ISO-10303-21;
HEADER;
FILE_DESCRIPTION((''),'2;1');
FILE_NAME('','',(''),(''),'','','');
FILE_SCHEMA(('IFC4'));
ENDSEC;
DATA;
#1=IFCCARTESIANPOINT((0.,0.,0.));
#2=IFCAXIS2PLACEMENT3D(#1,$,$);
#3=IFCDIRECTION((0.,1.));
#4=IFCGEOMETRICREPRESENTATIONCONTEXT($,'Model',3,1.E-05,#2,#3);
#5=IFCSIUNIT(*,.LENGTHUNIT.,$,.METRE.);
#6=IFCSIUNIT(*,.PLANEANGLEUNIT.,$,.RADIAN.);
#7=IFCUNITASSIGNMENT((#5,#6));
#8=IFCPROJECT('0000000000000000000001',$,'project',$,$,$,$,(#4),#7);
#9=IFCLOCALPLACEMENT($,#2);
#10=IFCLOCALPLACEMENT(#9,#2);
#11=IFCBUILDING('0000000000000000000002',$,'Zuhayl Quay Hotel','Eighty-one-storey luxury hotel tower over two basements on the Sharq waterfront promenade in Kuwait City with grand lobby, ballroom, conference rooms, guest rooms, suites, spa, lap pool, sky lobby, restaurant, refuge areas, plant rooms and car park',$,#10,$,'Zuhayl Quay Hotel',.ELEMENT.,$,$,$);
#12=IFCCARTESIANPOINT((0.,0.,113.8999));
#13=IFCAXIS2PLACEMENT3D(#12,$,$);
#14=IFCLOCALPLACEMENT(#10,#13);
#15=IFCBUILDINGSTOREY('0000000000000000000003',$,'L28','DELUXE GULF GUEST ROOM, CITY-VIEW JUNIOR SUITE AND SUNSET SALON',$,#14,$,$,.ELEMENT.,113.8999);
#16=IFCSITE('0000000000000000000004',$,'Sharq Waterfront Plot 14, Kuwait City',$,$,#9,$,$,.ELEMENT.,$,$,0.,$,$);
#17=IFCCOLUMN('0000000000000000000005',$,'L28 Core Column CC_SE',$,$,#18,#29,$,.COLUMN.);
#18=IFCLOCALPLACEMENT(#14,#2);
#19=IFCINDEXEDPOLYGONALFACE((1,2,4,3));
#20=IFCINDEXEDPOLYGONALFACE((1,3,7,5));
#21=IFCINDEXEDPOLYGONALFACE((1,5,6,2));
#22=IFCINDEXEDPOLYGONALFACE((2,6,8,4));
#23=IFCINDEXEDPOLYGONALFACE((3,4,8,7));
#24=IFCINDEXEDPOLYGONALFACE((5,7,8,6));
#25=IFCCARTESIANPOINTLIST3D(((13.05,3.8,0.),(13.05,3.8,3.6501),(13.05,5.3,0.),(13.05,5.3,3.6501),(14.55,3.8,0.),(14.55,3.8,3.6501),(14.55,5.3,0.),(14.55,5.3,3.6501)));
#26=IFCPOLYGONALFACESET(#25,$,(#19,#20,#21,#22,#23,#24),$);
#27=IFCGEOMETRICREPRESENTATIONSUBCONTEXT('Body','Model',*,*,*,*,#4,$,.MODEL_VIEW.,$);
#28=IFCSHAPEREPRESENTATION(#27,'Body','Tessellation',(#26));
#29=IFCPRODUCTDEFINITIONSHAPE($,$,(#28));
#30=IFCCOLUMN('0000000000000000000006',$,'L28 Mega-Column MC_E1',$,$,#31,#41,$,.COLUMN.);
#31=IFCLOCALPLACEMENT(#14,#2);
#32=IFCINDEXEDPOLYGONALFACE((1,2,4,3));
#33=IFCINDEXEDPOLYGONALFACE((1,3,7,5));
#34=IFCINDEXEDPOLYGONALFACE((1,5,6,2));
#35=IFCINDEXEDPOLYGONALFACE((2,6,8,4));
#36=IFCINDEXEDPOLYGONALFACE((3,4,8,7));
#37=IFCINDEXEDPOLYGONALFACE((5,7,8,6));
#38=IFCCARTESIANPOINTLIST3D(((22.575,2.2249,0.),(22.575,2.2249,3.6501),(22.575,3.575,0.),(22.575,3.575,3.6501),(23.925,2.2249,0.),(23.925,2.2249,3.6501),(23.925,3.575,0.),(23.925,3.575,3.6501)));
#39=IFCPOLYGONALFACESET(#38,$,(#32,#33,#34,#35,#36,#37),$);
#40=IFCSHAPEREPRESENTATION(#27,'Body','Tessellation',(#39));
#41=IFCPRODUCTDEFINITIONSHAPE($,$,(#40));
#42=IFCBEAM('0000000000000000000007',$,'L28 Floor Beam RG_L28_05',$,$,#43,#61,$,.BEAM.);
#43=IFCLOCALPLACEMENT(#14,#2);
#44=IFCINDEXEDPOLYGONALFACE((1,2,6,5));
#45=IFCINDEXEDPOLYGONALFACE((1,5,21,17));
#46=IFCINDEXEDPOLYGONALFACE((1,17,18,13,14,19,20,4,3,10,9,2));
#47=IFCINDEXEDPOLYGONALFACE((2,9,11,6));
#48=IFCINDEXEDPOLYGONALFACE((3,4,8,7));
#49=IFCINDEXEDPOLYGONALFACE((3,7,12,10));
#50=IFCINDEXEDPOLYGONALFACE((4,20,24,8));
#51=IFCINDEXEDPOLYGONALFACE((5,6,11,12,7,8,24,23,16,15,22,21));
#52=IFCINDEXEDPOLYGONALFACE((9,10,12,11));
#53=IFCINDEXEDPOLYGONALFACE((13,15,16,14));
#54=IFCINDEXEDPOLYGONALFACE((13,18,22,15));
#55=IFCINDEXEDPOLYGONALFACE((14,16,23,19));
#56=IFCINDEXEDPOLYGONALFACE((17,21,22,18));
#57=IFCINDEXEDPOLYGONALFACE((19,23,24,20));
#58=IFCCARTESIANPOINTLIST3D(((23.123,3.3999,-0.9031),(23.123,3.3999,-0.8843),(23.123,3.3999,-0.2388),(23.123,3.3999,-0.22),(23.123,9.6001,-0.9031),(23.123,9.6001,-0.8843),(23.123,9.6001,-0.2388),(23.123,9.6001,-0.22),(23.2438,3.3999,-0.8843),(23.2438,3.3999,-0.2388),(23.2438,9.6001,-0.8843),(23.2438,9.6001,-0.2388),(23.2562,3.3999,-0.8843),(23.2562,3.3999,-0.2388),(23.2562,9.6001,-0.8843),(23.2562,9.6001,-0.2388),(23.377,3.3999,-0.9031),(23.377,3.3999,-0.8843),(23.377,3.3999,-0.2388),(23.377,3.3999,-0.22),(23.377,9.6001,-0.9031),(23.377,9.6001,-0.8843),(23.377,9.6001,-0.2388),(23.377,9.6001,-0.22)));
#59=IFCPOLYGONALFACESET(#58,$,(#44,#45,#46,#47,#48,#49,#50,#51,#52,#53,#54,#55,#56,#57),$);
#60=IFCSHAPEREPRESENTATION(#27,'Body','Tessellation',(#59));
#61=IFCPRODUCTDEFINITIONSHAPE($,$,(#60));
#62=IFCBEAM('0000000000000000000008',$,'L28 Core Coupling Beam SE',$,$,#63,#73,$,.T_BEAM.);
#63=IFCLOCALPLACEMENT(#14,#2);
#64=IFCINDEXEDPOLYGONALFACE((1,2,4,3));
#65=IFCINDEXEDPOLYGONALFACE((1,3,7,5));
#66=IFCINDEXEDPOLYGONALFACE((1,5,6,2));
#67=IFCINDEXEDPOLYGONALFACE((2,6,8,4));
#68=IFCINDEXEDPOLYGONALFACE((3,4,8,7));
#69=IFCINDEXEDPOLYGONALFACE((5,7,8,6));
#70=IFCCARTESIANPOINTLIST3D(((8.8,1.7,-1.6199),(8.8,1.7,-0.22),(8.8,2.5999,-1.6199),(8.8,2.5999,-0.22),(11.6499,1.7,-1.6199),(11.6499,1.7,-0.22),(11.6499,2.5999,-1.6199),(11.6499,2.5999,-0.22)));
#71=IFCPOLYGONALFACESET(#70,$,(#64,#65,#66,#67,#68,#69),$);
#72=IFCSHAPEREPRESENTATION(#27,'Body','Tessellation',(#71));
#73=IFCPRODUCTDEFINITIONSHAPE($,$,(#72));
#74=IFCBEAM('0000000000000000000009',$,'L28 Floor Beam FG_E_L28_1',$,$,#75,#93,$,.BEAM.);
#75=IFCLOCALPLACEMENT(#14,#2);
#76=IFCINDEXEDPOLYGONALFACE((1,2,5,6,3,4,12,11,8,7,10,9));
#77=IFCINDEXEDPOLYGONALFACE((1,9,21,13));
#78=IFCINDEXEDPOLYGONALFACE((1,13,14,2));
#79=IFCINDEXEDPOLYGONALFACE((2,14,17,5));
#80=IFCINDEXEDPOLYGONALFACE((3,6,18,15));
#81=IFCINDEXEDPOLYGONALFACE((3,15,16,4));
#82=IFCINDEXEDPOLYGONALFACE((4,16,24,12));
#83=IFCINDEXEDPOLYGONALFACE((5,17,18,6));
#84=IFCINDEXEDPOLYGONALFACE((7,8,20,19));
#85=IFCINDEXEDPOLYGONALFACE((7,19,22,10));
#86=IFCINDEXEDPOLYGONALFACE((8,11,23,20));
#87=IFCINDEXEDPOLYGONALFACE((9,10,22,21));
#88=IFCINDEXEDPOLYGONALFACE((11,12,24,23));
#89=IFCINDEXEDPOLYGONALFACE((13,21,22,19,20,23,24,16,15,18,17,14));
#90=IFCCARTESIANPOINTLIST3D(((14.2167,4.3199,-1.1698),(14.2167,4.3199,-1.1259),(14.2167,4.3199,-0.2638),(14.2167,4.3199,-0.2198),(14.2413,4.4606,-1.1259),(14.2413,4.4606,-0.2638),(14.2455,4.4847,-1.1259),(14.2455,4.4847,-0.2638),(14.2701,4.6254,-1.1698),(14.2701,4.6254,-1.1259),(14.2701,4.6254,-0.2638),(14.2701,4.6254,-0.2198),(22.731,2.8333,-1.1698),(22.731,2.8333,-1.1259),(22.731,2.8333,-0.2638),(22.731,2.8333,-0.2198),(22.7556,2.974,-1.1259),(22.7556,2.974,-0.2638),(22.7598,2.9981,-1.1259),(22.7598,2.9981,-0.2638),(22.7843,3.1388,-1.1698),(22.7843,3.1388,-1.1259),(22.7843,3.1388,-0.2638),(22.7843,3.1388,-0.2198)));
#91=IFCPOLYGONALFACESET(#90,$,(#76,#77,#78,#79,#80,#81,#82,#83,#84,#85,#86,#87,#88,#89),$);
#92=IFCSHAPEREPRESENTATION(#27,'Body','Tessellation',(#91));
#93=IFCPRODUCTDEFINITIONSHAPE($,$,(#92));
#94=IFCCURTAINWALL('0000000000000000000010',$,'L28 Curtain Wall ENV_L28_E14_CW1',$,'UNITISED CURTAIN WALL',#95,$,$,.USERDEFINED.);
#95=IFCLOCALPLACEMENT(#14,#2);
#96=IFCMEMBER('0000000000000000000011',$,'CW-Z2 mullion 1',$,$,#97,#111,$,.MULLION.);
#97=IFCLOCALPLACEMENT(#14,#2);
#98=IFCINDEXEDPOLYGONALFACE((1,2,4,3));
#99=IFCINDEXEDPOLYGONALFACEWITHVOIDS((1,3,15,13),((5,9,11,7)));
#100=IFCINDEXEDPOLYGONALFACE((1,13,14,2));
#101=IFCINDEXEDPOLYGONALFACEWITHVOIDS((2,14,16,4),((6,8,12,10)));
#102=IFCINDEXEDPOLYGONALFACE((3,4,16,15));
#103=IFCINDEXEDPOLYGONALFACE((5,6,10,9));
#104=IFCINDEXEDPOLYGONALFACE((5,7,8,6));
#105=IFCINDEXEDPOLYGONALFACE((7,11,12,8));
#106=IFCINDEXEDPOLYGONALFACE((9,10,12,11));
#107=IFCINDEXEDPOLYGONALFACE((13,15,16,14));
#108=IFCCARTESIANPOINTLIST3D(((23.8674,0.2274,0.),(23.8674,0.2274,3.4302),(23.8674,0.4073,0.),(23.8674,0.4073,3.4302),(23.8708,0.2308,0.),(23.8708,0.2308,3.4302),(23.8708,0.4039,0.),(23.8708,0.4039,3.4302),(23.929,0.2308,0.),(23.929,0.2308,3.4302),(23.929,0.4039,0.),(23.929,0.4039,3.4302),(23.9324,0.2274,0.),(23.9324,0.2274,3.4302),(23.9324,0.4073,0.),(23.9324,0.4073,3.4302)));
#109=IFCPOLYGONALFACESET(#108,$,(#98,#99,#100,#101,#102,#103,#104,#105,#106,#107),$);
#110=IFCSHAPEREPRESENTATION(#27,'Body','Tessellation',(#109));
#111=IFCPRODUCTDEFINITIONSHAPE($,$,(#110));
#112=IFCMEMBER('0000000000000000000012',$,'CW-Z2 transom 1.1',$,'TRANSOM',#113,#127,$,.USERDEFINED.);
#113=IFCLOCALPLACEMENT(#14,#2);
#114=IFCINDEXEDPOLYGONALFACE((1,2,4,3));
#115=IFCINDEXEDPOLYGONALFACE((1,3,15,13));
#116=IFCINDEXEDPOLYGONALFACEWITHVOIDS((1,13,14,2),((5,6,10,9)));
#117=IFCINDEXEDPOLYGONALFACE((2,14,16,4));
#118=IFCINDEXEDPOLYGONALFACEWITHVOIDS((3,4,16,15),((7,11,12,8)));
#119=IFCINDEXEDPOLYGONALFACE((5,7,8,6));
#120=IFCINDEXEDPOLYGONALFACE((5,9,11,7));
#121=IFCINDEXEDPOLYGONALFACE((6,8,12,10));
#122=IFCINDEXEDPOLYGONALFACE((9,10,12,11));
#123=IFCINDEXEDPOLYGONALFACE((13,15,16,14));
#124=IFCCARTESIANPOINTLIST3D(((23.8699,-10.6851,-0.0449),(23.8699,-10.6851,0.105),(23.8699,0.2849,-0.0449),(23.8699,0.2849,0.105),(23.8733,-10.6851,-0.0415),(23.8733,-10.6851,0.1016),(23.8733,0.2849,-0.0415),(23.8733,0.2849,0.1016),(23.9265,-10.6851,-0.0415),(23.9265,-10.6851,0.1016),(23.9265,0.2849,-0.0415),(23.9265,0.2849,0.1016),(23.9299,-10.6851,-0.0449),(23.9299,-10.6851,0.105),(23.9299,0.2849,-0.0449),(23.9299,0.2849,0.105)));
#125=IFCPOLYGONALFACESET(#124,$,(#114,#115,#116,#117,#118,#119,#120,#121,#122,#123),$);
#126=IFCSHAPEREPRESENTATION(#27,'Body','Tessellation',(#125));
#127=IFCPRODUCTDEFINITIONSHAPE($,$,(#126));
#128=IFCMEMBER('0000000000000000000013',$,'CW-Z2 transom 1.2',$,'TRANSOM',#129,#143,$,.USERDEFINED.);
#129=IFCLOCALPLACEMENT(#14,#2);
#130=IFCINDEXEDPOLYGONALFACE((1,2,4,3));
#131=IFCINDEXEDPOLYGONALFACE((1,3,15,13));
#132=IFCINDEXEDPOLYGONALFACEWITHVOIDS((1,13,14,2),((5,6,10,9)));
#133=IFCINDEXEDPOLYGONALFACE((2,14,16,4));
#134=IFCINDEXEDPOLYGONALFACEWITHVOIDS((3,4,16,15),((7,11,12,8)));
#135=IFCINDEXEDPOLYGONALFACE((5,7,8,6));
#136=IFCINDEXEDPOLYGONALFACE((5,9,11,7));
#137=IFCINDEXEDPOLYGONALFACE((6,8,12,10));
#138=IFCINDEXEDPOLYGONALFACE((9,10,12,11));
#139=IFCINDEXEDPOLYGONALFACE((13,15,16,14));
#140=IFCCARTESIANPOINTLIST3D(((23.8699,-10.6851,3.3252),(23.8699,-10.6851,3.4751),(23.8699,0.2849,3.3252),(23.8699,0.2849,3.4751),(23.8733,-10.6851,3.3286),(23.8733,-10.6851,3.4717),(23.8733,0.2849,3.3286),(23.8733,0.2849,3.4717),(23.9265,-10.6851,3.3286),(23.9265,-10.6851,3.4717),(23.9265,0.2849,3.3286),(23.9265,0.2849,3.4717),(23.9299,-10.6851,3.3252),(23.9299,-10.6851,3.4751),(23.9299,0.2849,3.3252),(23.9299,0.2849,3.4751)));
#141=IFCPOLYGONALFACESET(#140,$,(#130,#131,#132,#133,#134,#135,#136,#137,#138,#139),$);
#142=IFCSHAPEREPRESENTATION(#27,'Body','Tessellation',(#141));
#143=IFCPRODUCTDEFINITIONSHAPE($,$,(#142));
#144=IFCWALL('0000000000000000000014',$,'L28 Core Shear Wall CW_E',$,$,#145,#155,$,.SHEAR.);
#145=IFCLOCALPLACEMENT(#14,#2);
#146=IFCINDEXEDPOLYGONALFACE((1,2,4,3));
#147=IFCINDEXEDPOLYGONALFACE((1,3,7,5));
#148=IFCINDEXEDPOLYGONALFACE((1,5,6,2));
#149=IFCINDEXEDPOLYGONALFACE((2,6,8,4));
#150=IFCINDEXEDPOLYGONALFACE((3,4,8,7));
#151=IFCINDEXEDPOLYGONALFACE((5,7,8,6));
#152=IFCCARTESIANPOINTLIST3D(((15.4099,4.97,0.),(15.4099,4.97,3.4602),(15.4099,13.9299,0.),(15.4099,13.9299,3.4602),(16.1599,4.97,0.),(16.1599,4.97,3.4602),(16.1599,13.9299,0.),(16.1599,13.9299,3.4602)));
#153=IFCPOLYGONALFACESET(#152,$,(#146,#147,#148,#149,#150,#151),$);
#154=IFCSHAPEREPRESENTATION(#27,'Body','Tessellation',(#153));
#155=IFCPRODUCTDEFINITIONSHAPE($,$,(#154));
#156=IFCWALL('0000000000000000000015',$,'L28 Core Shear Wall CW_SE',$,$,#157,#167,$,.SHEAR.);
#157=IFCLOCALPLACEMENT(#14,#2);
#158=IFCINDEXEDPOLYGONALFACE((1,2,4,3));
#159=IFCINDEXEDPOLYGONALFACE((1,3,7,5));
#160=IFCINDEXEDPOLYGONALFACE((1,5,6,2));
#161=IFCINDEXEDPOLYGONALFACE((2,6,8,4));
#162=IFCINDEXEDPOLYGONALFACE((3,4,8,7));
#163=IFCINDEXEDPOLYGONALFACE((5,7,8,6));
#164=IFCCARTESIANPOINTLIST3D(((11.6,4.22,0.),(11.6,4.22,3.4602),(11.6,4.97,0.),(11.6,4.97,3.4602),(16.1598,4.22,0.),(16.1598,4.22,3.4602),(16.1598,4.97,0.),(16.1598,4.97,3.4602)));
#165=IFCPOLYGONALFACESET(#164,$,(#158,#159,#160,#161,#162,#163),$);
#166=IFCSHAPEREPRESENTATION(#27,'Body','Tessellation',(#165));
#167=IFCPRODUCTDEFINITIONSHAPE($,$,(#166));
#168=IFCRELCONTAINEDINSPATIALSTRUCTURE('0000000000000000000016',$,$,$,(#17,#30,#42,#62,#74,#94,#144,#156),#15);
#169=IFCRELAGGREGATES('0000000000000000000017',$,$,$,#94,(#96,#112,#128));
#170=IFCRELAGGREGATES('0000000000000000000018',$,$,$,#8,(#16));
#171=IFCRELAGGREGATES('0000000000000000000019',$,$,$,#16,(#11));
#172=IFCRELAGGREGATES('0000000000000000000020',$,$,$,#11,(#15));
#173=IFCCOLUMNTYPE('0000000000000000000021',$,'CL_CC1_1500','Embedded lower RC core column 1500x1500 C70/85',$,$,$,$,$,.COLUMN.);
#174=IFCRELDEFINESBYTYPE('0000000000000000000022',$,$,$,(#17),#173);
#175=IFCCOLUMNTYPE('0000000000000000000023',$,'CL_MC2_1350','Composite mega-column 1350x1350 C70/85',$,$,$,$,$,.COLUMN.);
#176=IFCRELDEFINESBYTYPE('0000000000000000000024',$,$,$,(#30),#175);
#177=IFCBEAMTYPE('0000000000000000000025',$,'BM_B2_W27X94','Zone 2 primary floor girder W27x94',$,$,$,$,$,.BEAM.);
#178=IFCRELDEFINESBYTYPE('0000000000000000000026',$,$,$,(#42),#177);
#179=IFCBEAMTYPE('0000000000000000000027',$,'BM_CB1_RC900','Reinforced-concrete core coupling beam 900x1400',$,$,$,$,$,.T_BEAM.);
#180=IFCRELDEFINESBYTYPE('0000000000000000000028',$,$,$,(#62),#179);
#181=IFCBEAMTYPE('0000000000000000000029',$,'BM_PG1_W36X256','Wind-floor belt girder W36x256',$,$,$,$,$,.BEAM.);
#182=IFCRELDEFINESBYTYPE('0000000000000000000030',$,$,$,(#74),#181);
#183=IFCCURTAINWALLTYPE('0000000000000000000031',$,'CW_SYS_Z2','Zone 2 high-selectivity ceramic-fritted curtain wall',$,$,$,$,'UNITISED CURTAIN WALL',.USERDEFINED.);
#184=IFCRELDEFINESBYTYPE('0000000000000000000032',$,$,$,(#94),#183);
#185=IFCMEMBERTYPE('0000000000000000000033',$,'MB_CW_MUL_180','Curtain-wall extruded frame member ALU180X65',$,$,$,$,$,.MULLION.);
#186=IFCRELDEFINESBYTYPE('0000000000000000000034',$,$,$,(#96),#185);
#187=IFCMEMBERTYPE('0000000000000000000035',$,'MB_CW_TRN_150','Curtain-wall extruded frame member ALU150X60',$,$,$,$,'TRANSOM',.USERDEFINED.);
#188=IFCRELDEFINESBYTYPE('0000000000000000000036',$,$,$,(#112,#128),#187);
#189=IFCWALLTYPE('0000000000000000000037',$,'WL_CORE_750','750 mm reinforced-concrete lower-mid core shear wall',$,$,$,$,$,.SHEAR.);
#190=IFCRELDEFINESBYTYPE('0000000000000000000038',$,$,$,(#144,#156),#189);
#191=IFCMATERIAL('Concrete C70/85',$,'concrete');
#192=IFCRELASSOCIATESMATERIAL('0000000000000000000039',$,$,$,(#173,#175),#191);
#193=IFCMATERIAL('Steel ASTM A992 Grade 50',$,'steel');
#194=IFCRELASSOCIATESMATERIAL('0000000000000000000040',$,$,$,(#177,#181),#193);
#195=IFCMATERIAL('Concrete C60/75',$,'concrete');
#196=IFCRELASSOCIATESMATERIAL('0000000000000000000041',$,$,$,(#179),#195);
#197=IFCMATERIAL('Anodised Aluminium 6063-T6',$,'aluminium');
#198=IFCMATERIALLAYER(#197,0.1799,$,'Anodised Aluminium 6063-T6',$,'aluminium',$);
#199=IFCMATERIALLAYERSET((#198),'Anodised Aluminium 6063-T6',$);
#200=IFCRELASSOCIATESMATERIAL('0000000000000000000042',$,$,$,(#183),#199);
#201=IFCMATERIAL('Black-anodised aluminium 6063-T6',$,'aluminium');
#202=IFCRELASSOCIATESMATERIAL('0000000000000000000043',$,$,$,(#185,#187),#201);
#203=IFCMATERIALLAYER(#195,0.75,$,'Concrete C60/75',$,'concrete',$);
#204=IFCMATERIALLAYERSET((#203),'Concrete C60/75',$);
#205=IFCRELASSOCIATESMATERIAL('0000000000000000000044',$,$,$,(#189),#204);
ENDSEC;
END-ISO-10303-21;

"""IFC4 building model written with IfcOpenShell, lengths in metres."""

from ifc_helpers import new_model, si_unit, direction, frame, frame_2d, origin, origin_2d, place, context, subcontext, project, spatial, rectangle, hollow_rectangle, i_section, extrude, material, layer, layer_set, material_profile, profile_set, type_object, element, aggregate, save


model = new_model("IFC4")

# Units and contexts
model_context = context("Model", 3, precision=1e-05, world=origin(), true_north=direction((0.0, 1.0)))
body_context = subcontext(model_context, "Body", "Model", "MODEL_VIEW")
ifc_project = project(units=[si_unit("LENGTHUNIT", "METRE"), si_unit("PLANEANGLEUNIT", "RADIAN")], contexts=[model_context])

# Site, building, storey
site_placement = place(None, origin())
site = spatial("IfcSite", under=ifc_project, at=site_placement, Name="Sharq Waterfront Plot 14, Kuwait City", CompositionType="ELEMENT", RefElevation=0.0)
building_placement = place(site_placement, origin())
building = spatial("IfcBuilding", under=site, at=building_placement, Name="Zuhayl Quay Hotel", Description="Eighty-one-storey luxury hotel tower over two basements on the Sharq waterfront promenade in Kuwait City with grand lobby, ballroom, conference rooms, guest rooms, suites, spa, lap pool, sky lobby, restaurant, refuge areas, plant rooms and car park", LongName="Zuhayl Quay Hotel", CompositionType="ELEMENT")
storey_placement = place(building_placement, frame((0.0, 0.0, 113.8999)))
storey = spatial("IfcBuildingStorey", under=building, at=storey_placement, Name="L28", Description="DELUXE GULF GUEST ROOM, CITY-VIEW JUNIOR SUITE AND SUNSET SALON", CompositionType="ELEMENT", Elevation=113.8999)

# Columns
ifc_material_1 = material(Name="Concrete C70/85", Category="concrete")
ifc_material_profile_1 = material_profile(ifc_material_1, rectangle(XDim=1.5, YDim=1.5, at=origin_2d()), Name="RC1500X1500")
ifc_profile_set_1 = profile_set([ifc_material_profile_1], Name="Concrete C70/85")
column_type_1 = type_object("IfcColumnType", Name="CL_CC1_1500", Description="Embedded lower RC core column 1500x1500 C70/85", PredefinedType="COLUMN", material=ifc_profile_set_1)
column_1_placement = place(storey_placement, frame((13.8, 4.55, 0.0), z_axis=(0.0, 0.0, 1.0), x_axis=(1.0, 0.0, 0.0)))
element("IfcColumn", 1, at=column_1_placement, inside=storey, type_object=column_type_1, Name="L28 Core Column CC_SE", PredefinedType="COLUMN", context=body_context, shape_type="SweptSolid", body=[
    extrude(rectangle(XDim=1.5, YDim=1.5, at=origin_2d()), origin(), (0.0, 0.0, 1.0), 3.6501),
])
ifc_material_profile_2 = material_profile(ifc_material_1, rectangle(XDim=1.3501, YDim=1.3501, at=origin_2d()), Name="RC1350X1350")
ifc_profile_set_2 = profile_set([ifc_material_profile_2], Name="Concrete C70/85")
column_type_2 = type_object("IfcColumnType", Name="CL_MC2_1350", Description="Composite mega-column 1350x1350 C70/85", PredefinedType="COLUMN", material=ifc_profile_set_2)
column_2_placement = place(storey_placement, frame((23.25, 2.8999, 0.0), z_axis=(0.0, 0.0, 1.0), x_axis=(1.0, 0.0, 0.0)))
element("IfcColumn", 2, at=column_2_placement, inside=storey, type_object=column_type_2, Name="L28 Mega-Column MC_E1", PredefinedType="COLUMN", context=body_context, shape_type="SweptSolid", body=[
    extrude(rectangle(XDim=1.3501, YDim=1.3501, at=origin_2d()), origin(), (0.0, 0.0, 1.0), 3.6501),
])

# Beams
ifc_material_2 = material(Name="Steel ASTM A992 Grade 50", Category="steel")
ifc_material_profile_3 = material_profile(ifc_material_2, i_section(OverallWidth=0.2539, OverallDepth=0.6831, WebThickness=0.0125, FlangeThickness=0.0188, at=origin_2d()), Name="W27X94")
ifc_profile_set_3 = profile_set([ifc_material_profile_3], Name="Steel ASTM A992 Grade 50")
beam_type_1 = type_object("IfcBeamType", Name="BM_B2_W27X94", Description="Zone 2 primary floor girder W27x94", PredefinedType="BEAM", material=ifc_profile_set_3)
beam_1_placement = place(storey_placement, frame((23.25, 3.3999, -0.5615), z_axis=(0.0, 1.0, 0.0), x_axis=(-1.0, 0.0, 0.0)))
element("IfcBeam", 3, at=beam_1_placement, inside=storey, type_object=beam_type_1, Name="L28 Floor Beam RG_L28_05", PredefinedType="BEAM", context=body_context, shape_type="SweptSolid", body=[
    extrude(i_section(OverallWidth=0.2539, OverallDepth=0.6831, WebThickness=0.0125, FlangeThickness=0.0188, at=origin_2d()), origin(), (0.0, 0.0, 1.0), 6.2002),
])
ifc_material_3 = material(Name="Concrete C60/75", Category="concrete")
ifc_material_profile_4 = material_profile(ifc_material_3, rectangle(XDim=0.8999, YDim=1.3999, at=origin_2d()), Name="RC900X1400")
ifc_profile_set_4 = profile_set([ifc_material_profile_4], Name="Concrete C60/75")
beam_type_2 = type_object("IfcBeamType", Name="BM_CB1_RC900", Description="Reinforced-concrete core coupling beam 900x1400", PredefinedType="T_BEAM", material=ifc_profile_set_4)
beam_2_placement = place(storey_placement, frame((8.8, 2.1499, -0.9199), z_axis=(1.0, 0.0, 0.0), x_axis=(0.0, 1.0, 0.0)))
element("IfcBeam", 4, at=beam_2_placement, inside=storey, type_object=beam_type_2, Name="L28 Core Coupling Beam SE", PredefinedType="T_BEAM", context=body_context, shape_type="SweptSolid", body=[
    extrude(rectangle(XDim=0.8999, YDim=1.3999, at=origin_2d()), origin(), (0.0, 0.0, 1.0), 2.8499),
])
ifc_material_profile_5 = material_profile(ifc_material_2, i_section(OverallWidth=0.3101, OverallDepth=0.95, WebThickness=0.0244, FlangeThickness=0.0439, at=origin_2d()), Name="W36X256")
ifc_profile_set_5 = profile_set([ifc_material_profile_5], Name="Steel ASTM A992 Grade 50")
beam_type_3 = type_object("IfcBeamType", Name="BM_PG1_W36X256", Description="Wind-floor belt girder W36x256", PredefinedType="BEAM", material=ifc_profile_set_5)
beam_3_placement = place(storey_placement, frame((14.2434, 4.4727, -0.6948), z_axis=(0.985097, -0.171998, 0.0), x_axis=(0.171998, 0.985097, 0.0)))
element("IfcBeam", 5, at=beam_3_placement, inside=storey, type_object=beam_type_3, Name="L28 Floor Beam FG_E_L28_1", PredefinedType="BEAM", context=body_context, shape_type="SweptSolid", body=[
    extrude(i_section(OverallWidth=0.3101, OverallDepth=0.95, WebThickness=0.0244, FlangeThickness=0.0439, at=origin_2d()), origin(), (0.0, 0.0, 1.0), 8.6431),
])

# Curtain wall, members
ifc_material_4 = material(Name="Anodised Aluminium 6063-T6", Category="aluminium")
ifc_layer_1 = layer(ifc_material_4, 0.1799, Name="Anodised Aluminium 6063-T6", Category="aluminium")
ifc_layer_set_1 = layer_set([ifc_layer_1], Name="Anodised Aluminium 6063-T6")
curtain_wall_type = type_object("IfcCurtainWallType", Name="CW_SYS_Z2", Description="Zone 2 high-selectivity ceramic-fritted curtain wall", ElementType="UNITISED CURTAIN WALL", PredefinedType="USERDEFINED", material=ifc_layer_set_1)
curtain_wall_placement = place(storey_placement, origin())
curtain_wall = element("IfcCurtainWall", 6, at=curtain_wall_placement, inside=storey, type_object=curtain_wall_type, Name="L28 Curtain Wall ENV_L28_E14_CW1", ObjectType="UNITISED CURTAIN WALL", PredefinedType="USERDEFINED")
ifc_material_5 = material(Name="Black-anodised aluminium 6063-T6", Category="aluminium")
ifc_material_profile_6 = material_profile(ifc_material_5, hollow_rectangle(XDim=0.0649, YDim=0.1799, WallThickness=0.0034, at=origin_2d()), Name="ALU180X65")
ifc_profile_set_6 = profile_set([ifc_material_profile_6], Name="Black-anodised aluminium 6063-T6")
member_type_1 = type_object("IfcMemberType", Name="MB_CW_MUL_180", Description="Curtain-wall extruded frame member ALU180X65", PredefinedType="MULLION", material=ifc_profile_set_6)
member_1_placement = place(storey_placement, frame((23.8999, 0.3174, 0.0), z_axis=(0.0, 0.0, 1.0), x_axis=(1.0, 0.0, 0.0)))
member_1 = element("IfcMember", 7, at=member_1_placement, type_object=member_type_1, Name="CW-Z2 mullion 1", PredefinedType="MULLION", context=body_context, shape_type="SweptSolid", body=[
    extrude(hollow_rectangle(XDim=0.0649, YDim=0.1799, WallThickness=0.0034, at=origin_2d()), origin(), (0.0, 0.0, 1.0), 3.4302),
])
ifc_material_profile_7 = material_profile(ifc_material_5, hollow_rectangle(XDim=0.0601, YDim=0.1499, WallThickness=0.0034, at=origin_2d()), Name="ALU150X60")
ifc_profile_set_7 = profile_set([ifc_material_profile_7], Name="Black-anodised aluminium 6063-T6")
member_type_2 = type_object("IfcMemberType", Name="MB_CW_TRN_150", Description="Curtain-wall extruded frame member ALU150X60", ElementType="TRANSOM", PredefinedType="USERDEFINED", material=ifc_profile_set_7)
member_2_placement = place(storey_placement, frame((23.8999, 0.2849, 0.03), z_axis=(0.0, -1.0, 0.0), x_axis=(1.0, 0.0, 0.0)))
member_2 = element("IfcMember", 8, at=member_2_placement, type_object=member_type_2, Name="CW-Z2 transom 1.1", ObjectType="TRANSOM", PredefinedType="USERDEFINED", context=body_context, shape_type="SweptSolid", body=[
    extrude(hollow_rectangle(XDim=0.0601, YDim=0.1499, WallThickness=0.0034, at=origin_2d()), origin(), (0.0, 0.0, 1.0), 10.97),
])
member_3_placement = place(storey_placement, frame((23.8999, 0.2849, 3.4001), z_axis=(0.0, -1.0, 0.0), x_axis=(1.0, 0.0, 0.0)))
member_3 = element("IfcMember", 9, at=member_3_placement, type_object=member_type_2, Name="CW-Z2 transom 1.2", ObjectType="TRANSOM", PredefinedType="USERDEFINED", context=body_context, shape_type="SweptSolid", body=[
    extrude(hollow_rectangle(XDim=0.0601, YDim=0.1499, WallThickness=0.0034, at=origin_2d()), origin(), (0.0, 0.0, 1.0), 10.97),
])
aggregate(curtain_wall, [member_1, member_2, member_3])

# Walls
ifc_layer_2 = layer(ifc_material_3, 0.75, Name="Concrete C60/75", Category="concrete")
ifc_layer_set_2 = layer_set([ifc_layer_2], Name="Concrete C60/75")
wall_type_1 = type_object("IfcWallType", Name="WL_CORE_750", Description="750 mm reinforced-concrete lower-mid core shear wall", PredefinedType="SHEAR", material=ifc_layer_set_2)
wall_1_placement = place(storey_placement, frame((15.7849, 4.97, 0.0), z_axis=(0.0, 0.0, 1.0), x_axis=(0.0, 1.0, 0.0)))
element("IfcWall", 10, at=wall_1_placement, inside=storey, type_object=wall_type_1, Name="L28 Core Shear Wall CW_E", PredefinedType="SHEAR", context=body_context, shape_type="SweptSolid", body=[
    extrude(rectangle(XDim=8.96, YDim=0.75, at=frame_2d((4.48, 0.0))), origin(), (0.0, 0.0, 1.0), 3.4602),
])
wall_2_placement = place(storey_placement, frame((11.6001, 4.595, 0.0), z_axis=(0.0, 0.0, 1.0), x_axis=(1.0, 0.0, 0.0)))
element("IfcWall", 11, at=wall_2_placement, inside=storey, type_object=wall_type_1, Name="L28 Core Shear Wall CW_SE", PredefinedType="SHEAR", context=body_context, shape_type="SweptSolid", body=[
    extrude(rectangle(XDim=4.5598, YDim=0.75, at=frame_2d((2.2798, 0.0))), origin(), (0.0, 0.0, 1.0), 3.4602),
])

save(model, "model.ifc")
